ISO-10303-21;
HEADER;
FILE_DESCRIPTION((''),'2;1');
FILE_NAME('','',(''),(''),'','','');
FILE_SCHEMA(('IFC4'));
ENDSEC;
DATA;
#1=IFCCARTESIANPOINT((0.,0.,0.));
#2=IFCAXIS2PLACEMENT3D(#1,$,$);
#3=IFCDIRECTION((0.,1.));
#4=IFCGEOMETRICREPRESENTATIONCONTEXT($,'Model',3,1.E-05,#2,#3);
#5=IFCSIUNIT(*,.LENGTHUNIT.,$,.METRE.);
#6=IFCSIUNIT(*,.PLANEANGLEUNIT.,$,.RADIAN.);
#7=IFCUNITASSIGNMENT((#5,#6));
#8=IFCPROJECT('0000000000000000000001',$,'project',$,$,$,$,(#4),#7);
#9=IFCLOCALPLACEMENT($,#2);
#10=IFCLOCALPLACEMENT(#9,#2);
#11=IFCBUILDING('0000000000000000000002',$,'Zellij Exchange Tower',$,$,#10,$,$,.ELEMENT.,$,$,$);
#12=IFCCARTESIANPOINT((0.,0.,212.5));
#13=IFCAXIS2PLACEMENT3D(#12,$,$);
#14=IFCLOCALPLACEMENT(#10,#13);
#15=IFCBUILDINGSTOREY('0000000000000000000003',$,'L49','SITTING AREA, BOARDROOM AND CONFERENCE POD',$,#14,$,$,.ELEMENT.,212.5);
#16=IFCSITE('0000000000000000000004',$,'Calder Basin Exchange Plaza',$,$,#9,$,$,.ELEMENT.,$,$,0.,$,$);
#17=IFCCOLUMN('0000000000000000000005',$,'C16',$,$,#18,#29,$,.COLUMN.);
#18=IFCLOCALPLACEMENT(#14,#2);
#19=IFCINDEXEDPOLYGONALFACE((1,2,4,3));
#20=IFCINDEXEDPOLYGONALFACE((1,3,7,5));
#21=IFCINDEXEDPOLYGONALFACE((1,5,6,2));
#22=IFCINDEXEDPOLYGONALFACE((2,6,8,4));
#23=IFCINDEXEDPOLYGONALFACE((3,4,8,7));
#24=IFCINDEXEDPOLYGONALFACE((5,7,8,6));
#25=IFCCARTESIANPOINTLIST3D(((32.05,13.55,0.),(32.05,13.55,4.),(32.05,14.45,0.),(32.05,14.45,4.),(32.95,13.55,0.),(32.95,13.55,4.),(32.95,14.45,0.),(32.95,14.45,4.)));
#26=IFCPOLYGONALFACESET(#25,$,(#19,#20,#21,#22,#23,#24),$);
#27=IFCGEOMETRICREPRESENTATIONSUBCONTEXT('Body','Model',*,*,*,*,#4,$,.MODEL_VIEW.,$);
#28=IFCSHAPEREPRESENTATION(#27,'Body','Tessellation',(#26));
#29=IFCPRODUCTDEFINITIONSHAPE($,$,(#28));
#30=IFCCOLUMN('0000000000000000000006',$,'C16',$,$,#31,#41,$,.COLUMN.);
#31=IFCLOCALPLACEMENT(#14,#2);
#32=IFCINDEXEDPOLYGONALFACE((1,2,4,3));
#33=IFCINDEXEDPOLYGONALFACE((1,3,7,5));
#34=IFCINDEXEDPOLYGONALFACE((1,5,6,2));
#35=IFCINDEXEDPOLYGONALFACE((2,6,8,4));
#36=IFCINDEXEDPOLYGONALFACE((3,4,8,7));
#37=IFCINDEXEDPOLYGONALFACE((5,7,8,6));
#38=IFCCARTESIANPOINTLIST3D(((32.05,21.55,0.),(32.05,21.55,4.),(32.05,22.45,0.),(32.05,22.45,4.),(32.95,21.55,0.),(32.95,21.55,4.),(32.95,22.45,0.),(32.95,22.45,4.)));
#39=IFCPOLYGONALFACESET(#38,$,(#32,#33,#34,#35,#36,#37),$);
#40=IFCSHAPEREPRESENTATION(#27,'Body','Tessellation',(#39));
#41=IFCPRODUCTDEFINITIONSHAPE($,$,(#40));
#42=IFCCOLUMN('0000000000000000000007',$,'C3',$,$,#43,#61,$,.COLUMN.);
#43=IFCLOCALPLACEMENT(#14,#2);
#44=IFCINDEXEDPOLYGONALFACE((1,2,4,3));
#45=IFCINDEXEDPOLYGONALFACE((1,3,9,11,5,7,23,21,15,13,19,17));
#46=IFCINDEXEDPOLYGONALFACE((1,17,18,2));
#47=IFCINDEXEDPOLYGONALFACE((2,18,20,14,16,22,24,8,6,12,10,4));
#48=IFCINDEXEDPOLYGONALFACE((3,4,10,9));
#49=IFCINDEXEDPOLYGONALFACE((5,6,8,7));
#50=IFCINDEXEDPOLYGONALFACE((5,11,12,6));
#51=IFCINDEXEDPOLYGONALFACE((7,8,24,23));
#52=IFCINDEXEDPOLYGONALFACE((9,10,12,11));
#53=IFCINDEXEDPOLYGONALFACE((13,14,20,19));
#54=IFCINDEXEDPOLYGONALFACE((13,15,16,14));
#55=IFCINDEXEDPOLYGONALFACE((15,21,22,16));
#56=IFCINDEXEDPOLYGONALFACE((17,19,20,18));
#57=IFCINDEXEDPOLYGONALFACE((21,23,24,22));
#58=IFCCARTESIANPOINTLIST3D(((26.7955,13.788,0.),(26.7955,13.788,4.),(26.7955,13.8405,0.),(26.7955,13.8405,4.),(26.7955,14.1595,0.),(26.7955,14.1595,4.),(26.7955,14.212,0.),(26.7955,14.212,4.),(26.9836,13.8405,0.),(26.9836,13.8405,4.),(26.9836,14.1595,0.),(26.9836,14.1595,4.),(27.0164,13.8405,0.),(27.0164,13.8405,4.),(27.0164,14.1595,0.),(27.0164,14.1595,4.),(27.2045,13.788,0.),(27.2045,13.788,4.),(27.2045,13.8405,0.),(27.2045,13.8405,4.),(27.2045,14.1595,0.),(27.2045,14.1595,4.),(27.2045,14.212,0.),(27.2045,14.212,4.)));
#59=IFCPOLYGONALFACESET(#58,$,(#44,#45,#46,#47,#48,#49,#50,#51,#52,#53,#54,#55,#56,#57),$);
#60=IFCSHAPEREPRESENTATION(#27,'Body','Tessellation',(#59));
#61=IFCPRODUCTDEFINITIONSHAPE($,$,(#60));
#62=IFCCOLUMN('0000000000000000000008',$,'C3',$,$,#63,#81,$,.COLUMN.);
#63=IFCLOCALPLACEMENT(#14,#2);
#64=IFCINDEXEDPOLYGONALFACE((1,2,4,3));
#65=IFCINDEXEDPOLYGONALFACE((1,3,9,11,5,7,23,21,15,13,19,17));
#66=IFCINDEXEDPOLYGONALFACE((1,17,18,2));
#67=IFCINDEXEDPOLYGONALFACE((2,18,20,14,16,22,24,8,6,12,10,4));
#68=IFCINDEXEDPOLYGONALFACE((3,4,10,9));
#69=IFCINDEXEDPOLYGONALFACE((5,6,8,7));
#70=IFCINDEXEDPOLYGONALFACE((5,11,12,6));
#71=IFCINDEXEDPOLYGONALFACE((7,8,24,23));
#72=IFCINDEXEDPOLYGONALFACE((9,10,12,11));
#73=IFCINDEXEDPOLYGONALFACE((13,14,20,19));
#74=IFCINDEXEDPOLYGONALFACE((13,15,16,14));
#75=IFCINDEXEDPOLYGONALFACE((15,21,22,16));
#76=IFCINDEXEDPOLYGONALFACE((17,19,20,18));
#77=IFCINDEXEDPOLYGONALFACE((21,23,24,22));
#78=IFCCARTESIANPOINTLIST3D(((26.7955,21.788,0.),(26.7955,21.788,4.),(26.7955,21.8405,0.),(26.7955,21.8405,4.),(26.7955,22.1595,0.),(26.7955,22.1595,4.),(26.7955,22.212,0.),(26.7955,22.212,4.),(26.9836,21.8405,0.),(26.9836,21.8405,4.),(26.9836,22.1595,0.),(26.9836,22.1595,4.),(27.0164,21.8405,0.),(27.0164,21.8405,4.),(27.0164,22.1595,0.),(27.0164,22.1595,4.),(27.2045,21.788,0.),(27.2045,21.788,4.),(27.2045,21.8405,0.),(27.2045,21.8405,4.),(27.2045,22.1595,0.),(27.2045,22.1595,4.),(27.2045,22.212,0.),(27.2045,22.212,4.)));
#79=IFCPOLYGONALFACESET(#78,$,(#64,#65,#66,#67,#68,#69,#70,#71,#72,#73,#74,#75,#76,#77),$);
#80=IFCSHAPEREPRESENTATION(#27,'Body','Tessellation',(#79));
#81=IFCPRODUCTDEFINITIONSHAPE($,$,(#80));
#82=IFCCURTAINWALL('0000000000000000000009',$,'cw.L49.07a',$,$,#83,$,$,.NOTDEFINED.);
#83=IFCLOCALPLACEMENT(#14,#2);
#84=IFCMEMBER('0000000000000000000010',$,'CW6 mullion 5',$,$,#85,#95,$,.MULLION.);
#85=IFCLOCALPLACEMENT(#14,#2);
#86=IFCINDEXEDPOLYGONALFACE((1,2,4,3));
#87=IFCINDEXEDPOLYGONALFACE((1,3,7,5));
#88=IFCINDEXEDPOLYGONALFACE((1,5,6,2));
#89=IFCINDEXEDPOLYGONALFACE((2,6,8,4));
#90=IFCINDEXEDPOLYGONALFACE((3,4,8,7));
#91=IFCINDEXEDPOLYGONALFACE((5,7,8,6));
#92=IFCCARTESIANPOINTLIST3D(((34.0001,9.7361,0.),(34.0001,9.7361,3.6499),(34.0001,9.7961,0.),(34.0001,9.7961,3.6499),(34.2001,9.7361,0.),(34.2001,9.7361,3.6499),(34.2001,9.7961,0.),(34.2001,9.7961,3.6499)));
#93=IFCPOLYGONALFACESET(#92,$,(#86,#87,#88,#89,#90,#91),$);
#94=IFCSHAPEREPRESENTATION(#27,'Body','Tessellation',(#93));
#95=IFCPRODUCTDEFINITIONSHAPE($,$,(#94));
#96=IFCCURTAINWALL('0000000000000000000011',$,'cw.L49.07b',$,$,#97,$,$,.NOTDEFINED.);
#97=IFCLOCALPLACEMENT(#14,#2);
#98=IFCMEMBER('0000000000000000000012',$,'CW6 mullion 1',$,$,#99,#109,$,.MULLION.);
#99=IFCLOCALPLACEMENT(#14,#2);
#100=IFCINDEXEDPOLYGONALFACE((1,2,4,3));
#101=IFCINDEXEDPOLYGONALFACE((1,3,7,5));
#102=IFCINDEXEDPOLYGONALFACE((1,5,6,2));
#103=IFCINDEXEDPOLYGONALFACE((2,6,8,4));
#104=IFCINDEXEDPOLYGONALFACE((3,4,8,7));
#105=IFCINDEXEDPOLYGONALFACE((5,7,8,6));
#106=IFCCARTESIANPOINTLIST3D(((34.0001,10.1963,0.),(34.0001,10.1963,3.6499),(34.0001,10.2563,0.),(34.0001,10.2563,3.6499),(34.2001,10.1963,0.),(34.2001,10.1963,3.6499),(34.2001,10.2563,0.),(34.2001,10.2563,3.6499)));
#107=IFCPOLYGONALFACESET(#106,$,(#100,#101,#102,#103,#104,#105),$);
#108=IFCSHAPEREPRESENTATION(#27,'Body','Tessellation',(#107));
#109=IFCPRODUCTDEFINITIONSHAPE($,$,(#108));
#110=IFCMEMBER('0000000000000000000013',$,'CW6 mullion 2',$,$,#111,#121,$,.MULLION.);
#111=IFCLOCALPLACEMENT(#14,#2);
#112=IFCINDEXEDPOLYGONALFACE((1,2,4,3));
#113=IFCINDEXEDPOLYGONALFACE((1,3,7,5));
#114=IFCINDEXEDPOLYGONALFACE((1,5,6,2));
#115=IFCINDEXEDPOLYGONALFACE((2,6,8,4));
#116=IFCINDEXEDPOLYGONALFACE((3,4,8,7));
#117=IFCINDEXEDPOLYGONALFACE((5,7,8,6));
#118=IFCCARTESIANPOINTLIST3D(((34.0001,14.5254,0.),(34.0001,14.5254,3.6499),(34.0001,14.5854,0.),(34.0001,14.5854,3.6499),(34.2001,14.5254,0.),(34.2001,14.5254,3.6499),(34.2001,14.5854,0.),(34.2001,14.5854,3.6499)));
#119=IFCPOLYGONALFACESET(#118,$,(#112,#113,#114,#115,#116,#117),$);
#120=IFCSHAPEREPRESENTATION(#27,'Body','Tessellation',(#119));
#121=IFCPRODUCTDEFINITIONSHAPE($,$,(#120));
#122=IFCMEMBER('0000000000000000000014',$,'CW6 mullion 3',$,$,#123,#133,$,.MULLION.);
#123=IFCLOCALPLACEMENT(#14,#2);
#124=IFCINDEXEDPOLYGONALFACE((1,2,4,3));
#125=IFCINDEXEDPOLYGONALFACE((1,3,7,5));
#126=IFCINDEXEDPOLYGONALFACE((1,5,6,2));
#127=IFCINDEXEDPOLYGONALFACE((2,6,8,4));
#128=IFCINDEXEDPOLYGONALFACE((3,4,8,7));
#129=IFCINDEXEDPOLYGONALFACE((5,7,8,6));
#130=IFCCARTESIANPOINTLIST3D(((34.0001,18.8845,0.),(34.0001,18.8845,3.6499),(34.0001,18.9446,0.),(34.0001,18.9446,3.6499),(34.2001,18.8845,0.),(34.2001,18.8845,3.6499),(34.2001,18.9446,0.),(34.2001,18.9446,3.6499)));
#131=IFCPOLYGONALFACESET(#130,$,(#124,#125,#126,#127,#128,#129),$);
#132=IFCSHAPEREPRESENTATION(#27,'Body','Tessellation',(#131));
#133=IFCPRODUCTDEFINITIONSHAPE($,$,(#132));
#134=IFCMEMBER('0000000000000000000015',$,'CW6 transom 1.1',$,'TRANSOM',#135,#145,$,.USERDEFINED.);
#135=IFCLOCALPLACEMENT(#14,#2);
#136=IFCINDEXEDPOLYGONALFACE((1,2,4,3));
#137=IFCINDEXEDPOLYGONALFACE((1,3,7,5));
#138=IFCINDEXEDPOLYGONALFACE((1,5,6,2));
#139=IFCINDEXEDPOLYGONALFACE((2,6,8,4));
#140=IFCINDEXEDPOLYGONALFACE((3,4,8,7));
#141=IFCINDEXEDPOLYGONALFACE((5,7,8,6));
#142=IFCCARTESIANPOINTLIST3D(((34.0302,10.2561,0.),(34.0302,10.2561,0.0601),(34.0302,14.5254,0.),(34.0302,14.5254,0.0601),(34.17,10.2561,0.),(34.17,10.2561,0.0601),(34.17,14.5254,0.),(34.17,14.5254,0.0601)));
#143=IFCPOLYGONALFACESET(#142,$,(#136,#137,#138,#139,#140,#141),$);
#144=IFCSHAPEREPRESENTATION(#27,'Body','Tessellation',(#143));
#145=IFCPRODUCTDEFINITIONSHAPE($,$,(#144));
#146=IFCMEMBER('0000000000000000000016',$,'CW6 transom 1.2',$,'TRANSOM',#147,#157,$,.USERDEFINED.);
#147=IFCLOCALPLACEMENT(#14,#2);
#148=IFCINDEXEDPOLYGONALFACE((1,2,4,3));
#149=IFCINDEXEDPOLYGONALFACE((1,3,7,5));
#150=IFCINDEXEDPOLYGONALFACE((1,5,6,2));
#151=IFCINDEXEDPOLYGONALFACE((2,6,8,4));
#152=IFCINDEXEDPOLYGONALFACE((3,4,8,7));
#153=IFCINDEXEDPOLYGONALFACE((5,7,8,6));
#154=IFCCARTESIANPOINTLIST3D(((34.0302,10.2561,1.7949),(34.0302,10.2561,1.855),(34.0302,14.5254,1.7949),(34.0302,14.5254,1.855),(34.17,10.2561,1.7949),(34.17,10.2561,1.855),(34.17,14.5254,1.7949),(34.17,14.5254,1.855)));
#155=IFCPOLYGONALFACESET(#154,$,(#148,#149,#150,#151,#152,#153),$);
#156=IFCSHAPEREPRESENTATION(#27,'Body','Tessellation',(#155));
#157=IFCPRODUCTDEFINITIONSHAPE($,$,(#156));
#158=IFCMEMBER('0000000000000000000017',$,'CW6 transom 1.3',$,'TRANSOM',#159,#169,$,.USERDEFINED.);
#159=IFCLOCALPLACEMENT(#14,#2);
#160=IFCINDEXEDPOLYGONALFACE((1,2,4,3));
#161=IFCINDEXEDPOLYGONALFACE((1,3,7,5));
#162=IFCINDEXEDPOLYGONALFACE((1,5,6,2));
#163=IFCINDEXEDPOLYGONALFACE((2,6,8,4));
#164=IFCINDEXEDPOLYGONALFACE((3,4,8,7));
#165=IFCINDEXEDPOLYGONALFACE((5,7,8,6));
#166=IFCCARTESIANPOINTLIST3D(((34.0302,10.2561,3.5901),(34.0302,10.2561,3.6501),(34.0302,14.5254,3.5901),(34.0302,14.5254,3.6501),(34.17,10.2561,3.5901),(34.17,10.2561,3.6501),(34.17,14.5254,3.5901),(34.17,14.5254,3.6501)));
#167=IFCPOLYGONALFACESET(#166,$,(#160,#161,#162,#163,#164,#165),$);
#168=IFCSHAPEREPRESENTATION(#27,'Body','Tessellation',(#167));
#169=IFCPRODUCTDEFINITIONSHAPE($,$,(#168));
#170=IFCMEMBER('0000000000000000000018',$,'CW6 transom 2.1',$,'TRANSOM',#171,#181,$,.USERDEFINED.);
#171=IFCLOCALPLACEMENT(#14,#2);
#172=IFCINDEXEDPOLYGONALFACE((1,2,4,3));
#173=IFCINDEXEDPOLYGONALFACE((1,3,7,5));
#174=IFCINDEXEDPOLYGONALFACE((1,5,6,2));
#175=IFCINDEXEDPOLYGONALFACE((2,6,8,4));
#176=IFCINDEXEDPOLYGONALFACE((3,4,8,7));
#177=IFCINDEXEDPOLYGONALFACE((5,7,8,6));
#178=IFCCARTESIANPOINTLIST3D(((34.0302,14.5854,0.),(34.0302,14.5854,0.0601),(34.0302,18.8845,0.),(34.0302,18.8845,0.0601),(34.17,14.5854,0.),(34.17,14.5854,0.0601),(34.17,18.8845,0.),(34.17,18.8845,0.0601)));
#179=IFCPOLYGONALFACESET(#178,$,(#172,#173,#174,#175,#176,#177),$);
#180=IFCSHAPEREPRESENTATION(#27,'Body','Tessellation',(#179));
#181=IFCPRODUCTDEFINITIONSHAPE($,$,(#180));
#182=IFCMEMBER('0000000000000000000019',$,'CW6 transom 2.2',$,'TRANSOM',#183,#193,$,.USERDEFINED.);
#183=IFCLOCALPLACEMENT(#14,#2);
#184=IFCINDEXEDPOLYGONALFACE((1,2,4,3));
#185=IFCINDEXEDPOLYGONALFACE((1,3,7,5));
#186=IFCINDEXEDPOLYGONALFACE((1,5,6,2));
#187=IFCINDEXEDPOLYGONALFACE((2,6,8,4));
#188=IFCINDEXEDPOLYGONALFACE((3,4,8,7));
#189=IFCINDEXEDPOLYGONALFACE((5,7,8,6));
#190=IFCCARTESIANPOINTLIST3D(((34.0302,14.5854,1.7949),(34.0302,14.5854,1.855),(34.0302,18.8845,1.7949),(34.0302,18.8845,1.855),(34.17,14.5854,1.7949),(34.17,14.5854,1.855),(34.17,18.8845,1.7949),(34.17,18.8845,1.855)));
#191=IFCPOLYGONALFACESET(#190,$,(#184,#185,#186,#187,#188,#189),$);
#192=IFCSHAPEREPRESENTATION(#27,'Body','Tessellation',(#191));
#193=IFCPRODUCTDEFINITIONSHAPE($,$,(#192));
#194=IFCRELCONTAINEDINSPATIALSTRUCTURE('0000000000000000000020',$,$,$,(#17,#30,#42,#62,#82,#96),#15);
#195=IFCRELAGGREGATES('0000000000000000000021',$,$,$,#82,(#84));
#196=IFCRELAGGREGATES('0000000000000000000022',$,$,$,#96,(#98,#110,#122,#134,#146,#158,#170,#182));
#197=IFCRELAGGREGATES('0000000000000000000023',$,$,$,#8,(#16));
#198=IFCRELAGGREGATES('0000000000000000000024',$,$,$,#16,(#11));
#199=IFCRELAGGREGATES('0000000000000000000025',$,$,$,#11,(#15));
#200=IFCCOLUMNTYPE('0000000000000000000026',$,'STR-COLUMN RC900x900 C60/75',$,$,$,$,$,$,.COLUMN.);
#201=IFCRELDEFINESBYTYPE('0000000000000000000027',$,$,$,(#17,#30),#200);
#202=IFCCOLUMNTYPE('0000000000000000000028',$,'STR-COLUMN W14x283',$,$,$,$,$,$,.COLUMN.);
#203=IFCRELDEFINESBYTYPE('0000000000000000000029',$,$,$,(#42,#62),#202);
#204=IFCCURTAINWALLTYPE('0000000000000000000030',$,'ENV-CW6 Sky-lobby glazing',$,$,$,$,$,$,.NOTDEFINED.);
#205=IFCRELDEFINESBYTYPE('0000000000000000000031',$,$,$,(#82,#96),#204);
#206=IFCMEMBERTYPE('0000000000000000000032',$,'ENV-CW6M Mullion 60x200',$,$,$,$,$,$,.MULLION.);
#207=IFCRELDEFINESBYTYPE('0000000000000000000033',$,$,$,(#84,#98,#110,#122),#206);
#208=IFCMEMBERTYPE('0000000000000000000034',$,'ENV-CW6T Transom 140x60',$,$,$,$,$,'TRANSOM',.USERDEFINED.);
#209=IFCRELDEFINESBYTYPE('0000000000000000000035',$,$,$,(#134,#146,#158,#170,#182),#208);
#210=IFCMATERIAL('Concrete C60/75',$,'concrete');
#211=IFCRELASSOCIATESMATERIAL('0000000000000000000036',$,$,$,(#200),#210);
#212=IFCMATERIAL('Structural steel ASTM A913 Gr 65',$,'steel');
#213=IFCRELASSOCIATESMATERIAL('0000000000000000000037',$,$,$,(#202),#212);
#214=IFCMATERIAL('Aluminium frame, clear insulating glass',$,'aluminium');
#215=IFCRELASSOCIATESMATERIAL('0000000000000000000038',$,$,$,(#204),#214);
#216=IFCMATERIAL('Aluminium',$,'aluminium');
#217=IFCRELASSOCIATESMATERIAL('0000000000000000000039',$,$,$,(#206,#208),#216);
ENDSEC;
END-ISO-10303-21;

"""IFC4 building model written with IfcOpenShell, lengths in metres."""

from ifc_helpers import new_model, si_unit, direction, frame, origin, origin_2d, place, context, subcontext, project, spatial, rectangle, i_section, extrude, material, material_profile, profile_set, type_object, element, aggregate, save


model = new_model("IFC4")

# Units and contexts
model_context = context("Model", 3, precision=1e-05, world=origin(), true_north=direction((0.0, 1.0)))
body_context = subcontext(model_context, "Body", "Model", "MODEL_VIEW")
ifc_project = project(units=[si_unit("LENGTHUNIT", "METRE"), si_unit("PLANEANGLEUNIT", "RADIAN")], contexts=[model_context])

# Site, building, storey
site_placement = place(None, origin())
site = spatial("IfcSite", under=ifc_project, at=site_placement, Name="Calder Basin Exchange Plaza", CompositionType="ELEMENT", RefElevation=0.0)
building_placement = place(site_placement, origin())
building = spatial("IfcBuilding", under=site, at=building_placement, Name="Zellij Exchange Tower", CompositionType="ELEMENT")
storey_placement = place(building_placement, frame((0.0, 0.0, 212.5)))
storey = spatial("IfcBuildingStorey", under=building, at=storey_placement, Name="L49", Description="SITTING AREA, BOARDROOM AND CONFERENCE POD", CompositionType="ELEMENT", Elevation=212.5)

# Columns
ifc_material_1 = material(Name="Concrete C60/75", Category="concrete")
ifc_material_profile_1 = material_profile(ifc_material_1, rectangle(XDim=0.8999, YDim=0.8999, at=origin_2d()), Name="STR-COLUMN RC900x900 C60/75")
ifc_profile_set_1 = profile_set([ifc_material_profile_1], Name="Concrete C60/75")
column_type_1 = type_object("IfcColumnType", Name="STR-COLUMN RC900x900 C60/75", PredefinedType="COLUMN", material=ifc_profile_set_1)
for number, where, z_axis, x_axis, name in (
    (1, (32.5, 14.0, 0.0), (0.0, 0.0, 1.0), (1.0, 0.0, 0.0), "C16"),
    (2, (32.5, 22.0, 0.0), (0.0, 0.0, 1.0), (1.0, 0.0, 0.0), "C16"),
):
    element("IfcColumn", number, at=place(storey_placement, frame(where, z_axis=z_axis, x_axis=x_axis)), inside=storey, type_object=column_type_1, Name=name, PredefinedType="COLUMN", context=body_context, shape_type="SweptSolid", body=[
        extrude(rectangle(XDim=0.8999, YDim=0.8999, at=origin_2d()), origin(), (0.0, 0.0, 1.0), 4.0),
    ])
ifc_material_2 = material(Name="Structural steel ASTM A913 Gr 65", Category="steel")
ifc_material_profile_2 = material_profile(ifc_material_2, i_section(OverallWidth=0.4089, OverallDepth=0.4241, WebThickness=0.0327, FlangeThickness=0.0525, at=origin_2d()), Name="W14x283")
ifc_profile_set_2 = profile_set([ifc_material_profile_2], Name="Structural steel ASTM A913 Gr 65")
column_type_2 = type_object("IfcColumnType", Name="STR-COLUMN W14x283", PredefinedType="COLUMN", material=ifc_profile_set_2)
for number, where, z_axis, x_axis, name in (
    (3, (27.0, 14.0, 0.0), (0.0, 0.0, 1.0), (1.0, 0.0, 0.0), "C3"),
    (4, (27.0, 22.0, 0.0), (0.0, 0.0, 1.0), (1.0, 0.0, 0.0), "C3"),
):
    element("IfcColumn", number, at=place(storey_placement, frame(where, z_axis=z_axis, x_axis=x_axis)), inside=storey, type_object=column_type_2, Name=name, PredefinedType="COLUMN", context=body_context, shape_type="SweptSolid", body=[
        extrude(i_section(OverallWidth=0.4089, OverallDepth=0.4241, WebThickness=0.0327, FlangeThickness=0.0525, at=origin_2d()), origin(), (0.0, 0.0, 1.0), 4.0),
    ])

# Curtain wall, member
ifc_material_3 = material(Name="Aluminium frame, clear insulating glass", Category="aluminium")
curtain_wall_type = type_object("IfcCurtainWallType", Name="ENV-CW6 Sky-lobby glazing", PredefinedType="NOTDEFINED", material=ifc_material_3)
curtain_wall_1_placement = place(storey_placement, origin())
curtain_wall_1 = element("IfcCurtainWall", 5, at=curtain_wall_1_placement, inside=storey, type_object=curtain_wall_type, Name="cw.L49.07a", PredefinedType="NOTDEFINED")
ifc_material_4 = material(Name="Aluminium", Category="aluminium")
ifc_material_profile_3 = material_profile(ifc_material_4, rectangle(XDim=0.0601, YDim=0.2, at=origin_2d()), Name="AL 60x200")
ifc_profile_set_3 = profile_set([ifc_material_profile_3], Name="Aluminium")
member_type_1 = type_object("IfcMemberType", Name="ENV-CW6M Mullion 60x200", PredefinedType="MULLION", material=ifc_profile_set_3)
member_1_placement = place(storey_placement, frame((34.1001, 9.7661, 0.0), z_axis=(0.0, 0.0, 1.0), x_axis=(0.0, 1.0, 0.0)))
member_1 = element("IfcMember", 6, at=member_1_placement, type_object=member_type_1, Name="CW6 mullion 5", PredefinedType="MULLION", context=body_context, shape_type="SweptSolid", body=[
    extrude(rectangle(XDim=0.0601, YDim=0.2, at=origin_2d()), origin(), (0.0, 0.0, 1.0), 3.6499),
])
aggregate(curtain_wall_1, [member_1])

# Curtain wall, members
curtain_wall_2_placement = place(storey_placement, origin())
curtain_wall_2 = element("IfcCurtainWall", 7, at=curtain_wall_2_placement, inside=storey, type_object=curtain_wall_type, Name="cw.L49.07b", PredefinedType="NOTDEFINED")
member_2_placement = place(storey_placement, frame((34.1001, 10.2263, 0.0), z_axis=(0.0, 0.0, 1.0), x_axis=(0.0, 1.0, 0.0)))
member_2 = element("IfcMember", 8, at=member_2_placement, type_object=member_type_1, Name="CW6 mullion 1", PredefinedType="MULLION", context=body_context, shape_type="SweptSolid", body=[
    extrude(rectangle(XDim=0.0601, YDim=0.2, at=origin_2d()), origin(), (0.0, 0.0, 1.0), 3.6499),
])
member_3_placement = place(storey_placement, frame((34.1001, 14.5554, 0.0), z_axis=(0.0, 0.0, 1.0), x_axis=(0.0, 1.0, 0.0)))
member_3 = element("IfcMember", 9, at=member_3_placement, type_object=member_type_1, Name="CW6 mullion 2", PredefinedType="MULLION", context=body_context, shape_type="SweptSolid", body=[
    extrude(rectangle(XDim=0.0601, YDim=0.2, at=origin_2d()), origin(), (0.0, 0.0, 1.0), 3.6499),
])
member_4_placement = place(storey_placement, frame((34.1001, 18.9146, 0.0), z_axis=(0.0, 0.0, 1.0), x_axis=(0.0, 1.0, 0.0)))
member_4 = element("IfcMember", 10, at=member_4_placement, type_object=member_type_1, Name="CW6 mullion 3", PredefinedType="MULLION", context=body_context, shape_type="SweptSolid", body=[
    extrude(rectangle(XDim=0.0601, YDim=0.2, at=origin_2d()), origin(), (0.0, 0.0, 1.0), 3.6499),
])
ifc_material_profile_4 = material_profile(ifc_material_4, rectangle(XDim=0.1399, YDim=0.0601, at=origin_2d()), Name="AL 140x60")
ifc_profile_set_4 = profile_set([ifc_material_profile_4], Name="Aluminium")
member_type_2 = type_object("IfcMemberType", Name="ENV-CW6T Transom 140x60", ElementType="TRANSOM", PredefinedType="USERDEFINED", material=ifc_profile_set_4)
member_5_placement = place(storey_placement, frame((34.1001, 10.2561, 0.03), z_axis=(0.0, 1.0, 0.0), x_axis=(-1.0, 0.0, 0.0)))
member_5 = element("IfcMember", 11, at=member_5_placement, type_object=member_type_2, Name="CW6 transom 1.1", ObjectType="TRANSOM", PredefinedType="USERDEFINED", context=body_context, shape_type="SweptSolid", body=[
    extrude(rectangle(XDim=0.1399, YDim=0.0601, at=origin_2d()), origin(), (0.0, 0.0, 1.0), 4.2693),
])
member_6_placement = place(storey_placement, frame((34.1001, 10.2561, 1.825), z_axis=(0.0, 1.0, 0.0), x_axis=(-1.0, 0.0, 0.0)))
member_6 = element("IfcMember", 12, at=member_6_placement, type_object=member_type_2, Name="CW6 transom 1.2", ObjectType="TRANSOM", PredefinedType="USERDEFINED", context=body_context, shape_type="SweptSolid", body=[
    extrude(rectangle(XDim=0.1399, YDim=0.0601, at=origin_2d()), origin(), (0.0, 0.0, 1.0), 4.2693),
])
member_7_placement = place(storey_placement, frame((34.1001, 10.2561, 3.6201), z_axis=(0.0, 1.0, 0.0), x_axis=(-1.0, 0.0, 0.0)))
member_7 = element("IfcMember", 13, at=member_7_placement, type_object=member_type_2, Name="CW6 transom 1.3", ObjectType="TRANSOM", PredefinedType="USERDEFINED", context=body_context, shape_type="SweptSolid", body=[
    extrude(rectangle(XDim=0.1399, YDim=0.0601, at=origin_2d()), origin(), (0.0, 0.0, 1.0), 4.2693),
])
member_8_placement = place(storey_placement, frame((34.1001, 14.5854, 0.03), z_axis=(0.0, 1.0, 0.0), x_axis=(-1.0, 0.0, 0.0)))
member_8 = element("IfcMember", 14, at=member_8_placement, type_object=member_type_2, Name="CW6 transom 2.1", ObjectType="TRANSOM", PredefinedType="USERDEFINED", context=body_context, shape_type="SweptSolid", body=[
    extrude(rectangle(XDim=0.1399, YDim=0.0601, at=origin_2d()), origin(), (0.0, 0.0, 1.0), 4.2991),
])
member_9_placement = place(storey_placement, frame((34.1001, 14.5854, 1.825), z_axis=(0.0, 1.0, 0.0), x_axis=(-1.0, 0.0, 0.0)))
member_9 = element("IfcMember", 15, at=member_9_placement, type_object=member_type_2, Name="CW6 transom 2.2", ObjectType="TRANSOM", PredefinedType="USERDEFINED", context=body_context, shape_type="SweptSolid", body=[
    extrude(rectangle(XDim=0.1399, YDim=0.0601, at=origin_2d()), origin(), (0.0, 0.0, 1.0), 4.2991),
])

aggregate(curtain_wall_2, [member_2, member_3, member_4, member_5, member_6, member_7, member_8, member_9])

save(model, "model.ifc")
